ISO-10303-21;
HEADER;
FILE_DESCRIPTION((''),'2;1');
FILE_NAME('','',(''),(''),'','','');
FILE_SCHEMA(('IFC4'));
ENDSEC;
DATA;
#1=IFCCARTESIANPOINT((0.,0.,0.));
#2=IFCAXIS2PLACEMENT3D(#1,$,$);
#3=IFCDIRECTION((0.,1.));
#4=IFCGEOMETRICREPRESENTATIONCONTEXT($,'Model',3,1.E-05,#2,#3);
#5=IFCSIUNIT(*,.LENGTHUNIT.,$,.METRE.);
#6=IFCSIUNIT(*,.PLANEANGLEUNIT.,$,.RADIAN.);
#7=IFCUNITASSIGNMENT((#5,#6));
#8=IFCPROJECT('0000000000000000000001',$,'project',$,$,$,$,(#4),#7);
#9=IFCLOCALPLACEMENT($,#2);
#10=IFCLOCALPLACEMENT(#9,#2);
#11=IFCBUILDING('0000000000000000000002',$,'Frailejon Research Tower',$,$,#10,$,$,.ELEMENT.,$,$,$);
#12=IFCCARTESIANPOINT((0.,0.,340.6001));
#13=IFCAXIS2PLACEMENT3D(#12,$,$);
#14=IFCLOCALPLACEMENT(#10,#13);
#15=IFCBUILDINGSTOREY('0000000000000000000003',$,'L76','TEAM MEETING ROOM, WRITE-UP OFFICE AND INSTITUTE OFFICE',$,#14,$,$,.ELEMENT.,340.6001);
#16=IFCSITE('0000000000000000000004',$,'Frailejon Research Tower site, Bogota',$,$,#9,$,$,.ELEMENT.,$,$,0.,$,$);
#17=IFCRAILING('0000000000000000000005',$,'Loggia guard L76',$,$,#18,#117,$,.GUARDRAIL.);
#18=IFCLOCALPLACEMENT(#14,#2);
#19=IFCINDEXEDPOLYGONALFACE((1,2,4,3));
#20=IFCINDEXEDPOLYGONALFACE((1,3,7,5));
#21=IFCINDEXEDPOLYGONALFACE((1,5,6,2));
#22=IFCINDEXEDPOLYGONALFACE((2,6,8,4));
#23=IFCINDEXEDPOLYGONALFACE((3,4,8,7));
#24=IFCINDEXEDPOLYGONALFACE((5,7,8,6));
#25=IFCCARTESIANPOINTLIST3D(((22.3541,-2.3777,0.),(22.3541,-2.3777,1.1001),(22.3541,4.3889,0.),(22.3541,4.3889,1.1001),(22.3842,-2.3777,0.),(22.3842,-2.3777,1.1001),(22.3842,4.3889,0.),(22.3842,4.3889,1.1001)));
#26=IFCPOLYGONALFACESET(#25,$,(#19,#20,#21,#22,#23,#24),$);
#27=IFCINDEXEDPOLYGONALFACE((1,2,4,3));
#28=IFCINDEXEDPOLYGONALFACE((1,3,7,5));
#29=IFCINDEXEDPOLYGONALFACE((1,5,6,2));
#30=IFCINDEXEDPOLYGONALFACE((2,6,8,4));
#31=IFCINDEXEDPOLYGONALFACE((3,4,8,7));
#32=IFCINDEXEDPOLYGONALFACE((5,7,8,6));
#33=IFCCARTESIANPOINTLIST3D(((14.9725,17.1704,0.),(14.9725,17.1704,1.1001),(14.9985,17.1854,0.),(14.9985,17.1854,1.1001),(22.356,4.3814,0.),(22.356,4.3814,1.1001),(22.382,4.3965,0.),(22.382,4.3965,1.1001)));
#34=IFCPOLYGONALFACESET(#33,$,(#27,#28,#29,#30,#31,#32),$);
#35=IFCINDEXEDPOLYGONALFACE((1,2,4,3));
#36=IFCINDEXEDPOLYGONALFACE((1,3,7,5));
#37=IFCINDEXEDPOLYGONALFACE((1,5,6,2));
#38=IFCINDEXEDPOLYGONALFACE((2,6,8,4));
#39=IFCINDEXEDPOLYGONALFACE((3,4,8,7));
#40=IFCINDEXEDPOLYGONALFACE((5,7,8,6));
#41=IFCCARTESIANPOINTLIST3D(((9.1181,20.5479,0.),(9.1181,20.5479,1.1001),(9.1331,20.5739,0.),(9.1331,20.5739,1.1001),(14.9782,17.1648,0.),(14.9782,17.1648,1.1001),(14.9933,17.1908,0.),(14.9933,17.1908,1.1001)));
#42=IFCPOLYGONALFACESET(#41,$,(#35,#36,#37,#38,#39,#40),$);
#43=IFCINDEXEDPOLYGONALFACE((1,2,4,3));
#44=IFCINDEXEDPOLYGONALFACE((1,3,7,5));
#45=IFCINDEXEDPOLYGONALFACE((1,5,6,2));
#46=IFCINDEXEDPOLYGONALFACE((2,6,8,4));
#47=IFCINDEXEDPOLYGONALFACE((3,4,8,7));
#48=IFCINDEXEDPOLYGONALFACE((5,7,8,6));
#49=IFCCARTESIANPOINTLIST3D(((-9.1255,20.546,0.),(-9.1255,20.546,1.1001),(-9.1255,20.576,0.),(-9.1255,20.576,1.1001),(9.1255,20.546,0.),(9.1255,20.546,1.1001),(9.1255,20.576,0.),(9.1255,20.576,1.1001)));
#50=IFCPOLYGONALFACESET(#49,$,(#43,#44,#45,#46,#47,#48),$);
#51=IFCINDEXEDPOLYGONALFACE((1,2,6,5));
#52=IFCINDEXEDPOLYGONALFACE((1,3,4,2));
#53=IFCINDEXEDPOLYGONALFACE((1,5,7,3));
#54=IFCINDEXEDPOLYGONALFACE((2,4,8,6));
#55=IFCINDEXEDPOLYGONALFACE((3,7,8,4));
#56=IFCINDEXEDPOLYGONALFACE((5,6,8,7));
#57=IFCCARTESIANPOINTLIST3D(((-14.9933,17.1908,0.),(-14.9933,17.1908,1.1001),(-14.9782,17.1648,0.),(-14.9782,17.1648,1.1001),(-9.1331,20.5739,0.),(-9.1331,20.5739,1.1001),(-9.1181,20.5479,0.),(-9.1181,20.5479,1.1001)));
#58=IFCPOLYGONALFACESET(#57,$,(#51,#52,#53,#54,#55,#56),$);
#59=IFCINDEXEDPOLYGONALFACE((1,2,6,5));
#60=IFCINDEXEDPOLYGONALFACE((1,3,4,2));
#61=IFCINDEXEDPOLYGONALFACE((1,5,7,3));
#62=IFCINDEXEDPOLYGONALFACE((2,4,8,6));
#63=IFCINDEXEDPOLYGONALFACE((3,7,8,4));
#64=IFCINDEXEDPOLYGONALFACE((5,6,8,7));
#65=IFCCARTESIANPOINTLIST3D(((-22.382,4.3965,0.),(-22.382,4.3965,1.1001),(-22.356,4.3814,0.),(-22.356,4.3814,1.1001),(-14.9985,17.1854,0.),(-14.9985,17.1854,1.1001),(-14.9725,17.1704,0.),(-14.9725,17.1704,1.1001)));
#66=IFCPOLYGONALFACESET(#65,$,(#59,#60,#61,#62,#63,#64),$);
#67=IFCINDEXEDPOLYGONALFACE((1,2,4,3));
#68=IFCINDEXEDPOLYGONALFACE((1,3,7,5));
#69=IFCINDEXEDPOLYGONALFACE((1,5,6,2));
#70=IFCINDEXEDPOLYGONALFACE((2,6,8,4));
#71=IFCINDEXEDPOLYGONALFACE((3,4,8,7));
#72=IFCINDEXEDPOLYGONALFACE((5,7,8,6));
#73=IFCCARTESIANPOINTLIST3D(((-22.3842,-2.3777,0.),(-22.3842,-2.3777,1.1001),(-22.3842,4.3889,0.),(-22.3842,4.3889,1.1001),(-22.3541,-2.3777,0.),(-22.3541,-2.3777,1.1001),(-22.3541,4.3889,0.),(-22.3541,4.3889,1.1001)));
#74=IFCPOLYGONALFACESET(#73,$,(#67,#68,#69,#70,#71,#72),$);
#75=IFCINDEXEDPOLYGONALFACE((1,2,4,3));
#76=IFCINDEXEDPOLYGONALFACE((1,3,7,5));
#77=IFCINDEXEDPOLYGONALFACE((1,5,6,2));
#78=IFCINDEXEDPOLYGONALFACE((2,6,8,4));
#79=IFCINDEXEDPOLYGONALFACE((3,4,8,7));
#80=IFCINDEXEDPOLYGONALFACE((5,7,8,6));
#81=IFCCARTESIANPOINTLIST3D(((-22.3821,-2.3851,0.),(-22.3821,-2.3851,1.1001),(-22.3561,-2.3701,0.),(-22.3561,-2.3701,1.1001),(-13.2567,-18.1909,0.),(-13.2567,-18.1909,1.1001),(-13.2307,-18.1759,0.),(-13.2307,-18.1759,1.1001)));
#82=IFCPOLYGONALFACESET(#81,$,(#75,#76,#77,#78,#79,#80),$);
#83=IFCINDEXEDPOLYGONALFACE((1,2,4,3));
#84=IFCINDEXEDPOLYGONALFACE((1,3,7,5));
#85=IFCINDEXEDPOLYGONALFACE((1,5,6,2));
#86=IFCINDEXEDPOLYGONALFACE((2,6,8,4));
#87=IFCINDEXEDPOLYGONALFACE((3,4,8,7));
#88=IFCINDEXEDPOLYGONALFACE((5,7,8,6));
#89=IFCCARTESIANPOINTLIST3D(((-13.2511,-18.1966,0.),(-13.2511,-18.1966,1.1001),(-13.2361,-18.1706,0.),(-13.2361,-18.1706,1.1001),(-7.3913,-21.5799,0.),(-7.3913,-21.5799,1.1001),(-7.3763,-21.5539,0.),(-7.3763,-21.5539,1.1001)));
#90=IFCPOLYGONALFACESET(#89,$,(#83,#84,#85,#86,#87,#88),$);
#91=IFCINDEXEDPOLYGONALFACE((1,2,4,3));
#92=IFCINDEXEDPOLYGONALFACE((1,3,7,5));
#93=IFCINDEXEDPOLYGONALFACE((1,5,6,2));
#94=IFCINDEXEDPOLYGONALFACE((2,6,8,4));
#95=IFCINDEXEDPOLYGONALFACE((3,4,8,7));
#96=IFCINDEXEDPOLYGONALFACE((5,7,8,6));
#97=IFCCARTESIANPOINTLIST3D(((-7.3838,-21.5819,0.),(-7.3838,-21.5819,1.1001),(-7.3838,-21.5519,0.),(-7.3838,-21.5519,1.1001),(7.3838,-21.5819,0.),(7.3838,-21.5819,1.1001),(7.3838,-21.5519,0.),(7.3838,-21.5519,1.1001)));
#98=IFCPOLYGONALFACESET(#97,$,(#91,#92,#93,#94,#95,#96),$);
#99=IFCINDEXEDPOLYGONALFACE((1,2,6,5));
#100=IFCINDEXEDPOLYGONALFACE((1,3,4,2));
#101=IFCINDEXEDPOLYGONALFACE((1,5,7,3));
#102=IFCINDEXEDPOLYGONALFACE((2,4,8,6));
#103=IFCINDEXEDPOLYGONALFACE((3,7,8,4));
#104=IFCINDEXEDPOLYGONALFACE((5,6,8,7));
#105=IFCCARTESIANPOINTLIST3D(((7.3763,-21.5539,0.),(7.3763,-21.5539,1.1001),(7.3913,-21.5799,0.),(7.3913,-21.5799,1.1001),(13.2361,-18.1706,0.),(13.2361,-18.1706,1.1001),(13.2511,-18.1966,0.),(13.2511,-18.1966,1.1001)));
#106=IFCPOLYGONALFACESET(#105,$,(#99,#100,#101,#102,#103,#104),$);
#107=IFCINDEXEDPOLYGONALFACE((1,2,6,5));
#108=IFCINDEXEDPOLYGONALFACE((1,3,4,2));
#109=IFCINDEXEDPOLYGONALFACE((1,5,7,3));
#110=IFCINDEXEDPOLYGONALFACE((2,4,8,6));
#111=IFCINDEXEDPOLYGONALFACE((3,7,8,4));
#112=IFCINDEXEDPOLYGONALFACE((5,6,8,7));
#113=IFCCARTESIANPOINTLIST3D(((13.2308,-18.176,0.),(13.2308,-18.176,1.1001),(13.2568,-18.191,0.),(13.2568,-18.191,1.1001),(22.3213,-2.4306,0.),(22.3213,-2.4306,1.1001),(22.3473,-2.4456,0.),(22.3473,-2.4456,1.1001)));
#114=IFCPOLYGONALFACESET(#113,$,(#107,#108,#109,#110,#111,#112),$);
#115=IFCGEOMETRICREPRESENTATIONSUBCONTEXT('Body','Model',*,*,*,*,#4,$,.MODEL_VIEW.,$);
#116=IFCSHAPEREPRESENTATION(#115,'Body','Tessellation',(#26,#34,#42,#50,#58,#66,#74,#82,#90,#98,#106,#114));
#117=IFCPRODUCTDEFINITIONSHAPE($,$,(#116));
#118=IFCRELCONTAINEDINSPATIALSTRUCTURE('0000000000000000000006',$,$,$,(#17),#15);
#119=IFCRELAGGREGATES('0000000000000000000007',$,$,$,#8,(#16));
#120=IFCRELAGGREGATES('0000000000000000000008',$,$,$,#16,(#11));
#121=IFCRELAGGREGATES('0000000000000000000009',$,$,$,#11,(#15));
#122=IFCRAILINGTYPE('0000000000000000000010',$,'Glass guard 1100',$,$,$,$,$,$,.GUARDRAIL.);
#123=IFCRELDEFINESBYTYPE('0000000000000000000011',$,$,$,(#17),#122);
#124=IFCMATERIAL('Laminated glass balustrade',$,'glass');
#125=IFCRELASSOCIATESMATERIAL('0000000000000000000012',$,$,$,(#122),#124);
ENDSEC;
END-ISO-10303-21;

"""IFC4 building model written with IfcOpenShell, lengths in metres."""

from ifc_helpers import new_model, si_unit, direction, frame, origin, origin_2d, place, context, subcontext, project, spatial, rectangle, extrude, material, type_object, element, save


model = new_model("IFC4")

# Units and contexts
model_context = context("Model", 3, precision=1e-05, world=origin(), true_north=direction((0.0, 1.0)))
body_context = subcontext(model_context, "Body", "Model", "MODEL_VIEW")
ifc_project = project(units=[si_unit("LENGTHUNIT", "METRE"), si_unit("PLANEANGLEUNIT", "RADIAN")], contexts=[model_context])

# Site, building, storey
site_placement = place(None, origin())
site = spatial("IfcSite", under=ifc_project, at=site_placement, Name="Frailejon Research Tower site, Bogota", CompositionType="ELEMENT", RefElevation=0.0)
building_placement = place(site_placement, origin())
building = spatial("IfcBuilding", under=site, at=building_placement, Name="Frailejon Research Tower", CompositionType="ELEMENT")
storey_placement = place(building_placement, frame((0.0, 0.0, 340.6001)))
storey = spatial("IfcBuildingStorey", under=building, at=storey_placement, Name="L76", Description="TEAM MEETING ROOM, WRITE-UP OFFICE AND INSTITUTE OFFICE", CompositionType="ELEMENT", Elevation=340.6001)

# Railing
ifc_material_1 = material(Name="Laminated glass balustrade", Category="glass")
railing_type = type_object("IfcRailingType", Name="Glass guard 1100", PredefinedType="GUARDRAIL", material=ifc_material_1)
railing_placement = place(storey_placement, frame((22.3691, -2.3777, 0.0)))
element("IfcRailing", 1, at=railing_placement, inside=storey, type_object=railing_type, Name="Loggia guard L76", PredefinedType="GUARDRAIL", context=body_context, shape_type="SweptSolid", body=[
    extrude(rectangle(XDim=6.7666, YDim=0.03, at=origin_2d()), frame((0.0, 3.3833, 0.0), z_axis=(0.0, 0.0, 1.0), x_axis=(0.0, 1.0, 0.0)), (0.0, 0.0, 1.0), 1.1001),
    extrude(rectangle(XDim=14.7673, YDim=0.03, at=origin_2d()), frame((-3.6919, 13.1611, 0.0), z_axis=(0.0, 0.0, 1.0), x_axis=(-0.499989, 0.866032, 0.0)), (0.0, 0.0, 1.0), 1.1001),
    extrude(rectangle(XDim=6.7666, YDim=0.03, at=origin_2d()), frame((-10.3135, 21.2471, 0.0), z_axis=(0.0, 0.0, 1.0), x_axis=(-0.866043, 0.499969, 0.0)), (0.0, 0.0, 1.0), 1.1001),
    extrude(rectangle(XDim=18.251, YDim=0.03, at=origin_2d()), frame((-22.3691, 22.9387, 0.0), z_axis=(0.0, 0.0, 1.0), x_axis=(-1.0, 0.0, 0.0)), (0.0, 0.0, 1.0), 1.1001),
    extrude(rectangle(XDim=6.7666, YDim=0.03, at=origin_2d()), frame((-34.4248, 21.2471, 0.0), z_axis=(0.0, 0.0, 1.0), x_axis=(-0.866043, -0.499969, 0.0)), (0.0, 0.0, 1.0), 1.1001),
    extrude(rectangle(XDim=14.7673, YDim=0.03, at=origin_2d()), frame((-41.0464, 13.1611, 0.0), z_axis=(0.0, 0.0, 1.0), x_axis=(-0.499989, -0.866032, 0.0)), (0.0, 0.0, 1.0), 1.1001),
    extrude(rectangle(XDim=6.7666, YDim=0.03, at=origin_2d()), frame((-44.7383, 3.3833, 0.0), z_axis=(0.0, 0.0, 1.0), x_axis=(0.0, -1.0, 0.0)), (0.0, 0.0, 1.0), 1.1001),
    extrude(rectangle(XDim=18.251, YDim=0.03, at=origin_2d()), frame((-40.1755, -7.9028, 0.0), z_axis=(0.0, 0.0, 1.0), x_axis=(0.499998, -0.866027, 0.0)), (0.0, 0.0, 1.0), 1.1001),
    extrude(rectangle(XDim=6.7664, YDim=0.03, at=origin_2d()), frame((-32.6829, -17.4976, 0.0), z_axis=(0.0, 0.0, 1.0), x_axis=(0.866019, -0.500012, 0.0)), (0.0, 0.0, 1.0), 1.1001),
    extrude(rectangle(XDim=14.7676, YDim=0.03, at=origin_2d()), frame((-22.3691, -19.1892, 0.0), z_axis=(0.0, 0.0, 1.0), x_axis=(1.0, 0.0, 0.0)), (0.0, 0.0, 1.0), 1.1001),
    extrude(rectangle(XDim=6.7664, YDim=0.03, at=origin_2d()), frame((-12.0554, -17.4976, 0.0), z_axis=(0.0, 0.0, 1.0), x_axis=(0.866019, 0.500012, 0.0)), (0.0, 0.0, 1.0), 1.1001),
    extrude(rectangle(XDim=18.1812, YDim=0.03, at=origin_2d()), frame((-4.5801, -7.9331, 0.0), z_axis=(0.0, 0.0, 1.0), x_axis=(0.499999, 0.866026, 0.0)), (0.0, 0.0, 1.0), 1.1001),
])

save(model, "model.ifc")
